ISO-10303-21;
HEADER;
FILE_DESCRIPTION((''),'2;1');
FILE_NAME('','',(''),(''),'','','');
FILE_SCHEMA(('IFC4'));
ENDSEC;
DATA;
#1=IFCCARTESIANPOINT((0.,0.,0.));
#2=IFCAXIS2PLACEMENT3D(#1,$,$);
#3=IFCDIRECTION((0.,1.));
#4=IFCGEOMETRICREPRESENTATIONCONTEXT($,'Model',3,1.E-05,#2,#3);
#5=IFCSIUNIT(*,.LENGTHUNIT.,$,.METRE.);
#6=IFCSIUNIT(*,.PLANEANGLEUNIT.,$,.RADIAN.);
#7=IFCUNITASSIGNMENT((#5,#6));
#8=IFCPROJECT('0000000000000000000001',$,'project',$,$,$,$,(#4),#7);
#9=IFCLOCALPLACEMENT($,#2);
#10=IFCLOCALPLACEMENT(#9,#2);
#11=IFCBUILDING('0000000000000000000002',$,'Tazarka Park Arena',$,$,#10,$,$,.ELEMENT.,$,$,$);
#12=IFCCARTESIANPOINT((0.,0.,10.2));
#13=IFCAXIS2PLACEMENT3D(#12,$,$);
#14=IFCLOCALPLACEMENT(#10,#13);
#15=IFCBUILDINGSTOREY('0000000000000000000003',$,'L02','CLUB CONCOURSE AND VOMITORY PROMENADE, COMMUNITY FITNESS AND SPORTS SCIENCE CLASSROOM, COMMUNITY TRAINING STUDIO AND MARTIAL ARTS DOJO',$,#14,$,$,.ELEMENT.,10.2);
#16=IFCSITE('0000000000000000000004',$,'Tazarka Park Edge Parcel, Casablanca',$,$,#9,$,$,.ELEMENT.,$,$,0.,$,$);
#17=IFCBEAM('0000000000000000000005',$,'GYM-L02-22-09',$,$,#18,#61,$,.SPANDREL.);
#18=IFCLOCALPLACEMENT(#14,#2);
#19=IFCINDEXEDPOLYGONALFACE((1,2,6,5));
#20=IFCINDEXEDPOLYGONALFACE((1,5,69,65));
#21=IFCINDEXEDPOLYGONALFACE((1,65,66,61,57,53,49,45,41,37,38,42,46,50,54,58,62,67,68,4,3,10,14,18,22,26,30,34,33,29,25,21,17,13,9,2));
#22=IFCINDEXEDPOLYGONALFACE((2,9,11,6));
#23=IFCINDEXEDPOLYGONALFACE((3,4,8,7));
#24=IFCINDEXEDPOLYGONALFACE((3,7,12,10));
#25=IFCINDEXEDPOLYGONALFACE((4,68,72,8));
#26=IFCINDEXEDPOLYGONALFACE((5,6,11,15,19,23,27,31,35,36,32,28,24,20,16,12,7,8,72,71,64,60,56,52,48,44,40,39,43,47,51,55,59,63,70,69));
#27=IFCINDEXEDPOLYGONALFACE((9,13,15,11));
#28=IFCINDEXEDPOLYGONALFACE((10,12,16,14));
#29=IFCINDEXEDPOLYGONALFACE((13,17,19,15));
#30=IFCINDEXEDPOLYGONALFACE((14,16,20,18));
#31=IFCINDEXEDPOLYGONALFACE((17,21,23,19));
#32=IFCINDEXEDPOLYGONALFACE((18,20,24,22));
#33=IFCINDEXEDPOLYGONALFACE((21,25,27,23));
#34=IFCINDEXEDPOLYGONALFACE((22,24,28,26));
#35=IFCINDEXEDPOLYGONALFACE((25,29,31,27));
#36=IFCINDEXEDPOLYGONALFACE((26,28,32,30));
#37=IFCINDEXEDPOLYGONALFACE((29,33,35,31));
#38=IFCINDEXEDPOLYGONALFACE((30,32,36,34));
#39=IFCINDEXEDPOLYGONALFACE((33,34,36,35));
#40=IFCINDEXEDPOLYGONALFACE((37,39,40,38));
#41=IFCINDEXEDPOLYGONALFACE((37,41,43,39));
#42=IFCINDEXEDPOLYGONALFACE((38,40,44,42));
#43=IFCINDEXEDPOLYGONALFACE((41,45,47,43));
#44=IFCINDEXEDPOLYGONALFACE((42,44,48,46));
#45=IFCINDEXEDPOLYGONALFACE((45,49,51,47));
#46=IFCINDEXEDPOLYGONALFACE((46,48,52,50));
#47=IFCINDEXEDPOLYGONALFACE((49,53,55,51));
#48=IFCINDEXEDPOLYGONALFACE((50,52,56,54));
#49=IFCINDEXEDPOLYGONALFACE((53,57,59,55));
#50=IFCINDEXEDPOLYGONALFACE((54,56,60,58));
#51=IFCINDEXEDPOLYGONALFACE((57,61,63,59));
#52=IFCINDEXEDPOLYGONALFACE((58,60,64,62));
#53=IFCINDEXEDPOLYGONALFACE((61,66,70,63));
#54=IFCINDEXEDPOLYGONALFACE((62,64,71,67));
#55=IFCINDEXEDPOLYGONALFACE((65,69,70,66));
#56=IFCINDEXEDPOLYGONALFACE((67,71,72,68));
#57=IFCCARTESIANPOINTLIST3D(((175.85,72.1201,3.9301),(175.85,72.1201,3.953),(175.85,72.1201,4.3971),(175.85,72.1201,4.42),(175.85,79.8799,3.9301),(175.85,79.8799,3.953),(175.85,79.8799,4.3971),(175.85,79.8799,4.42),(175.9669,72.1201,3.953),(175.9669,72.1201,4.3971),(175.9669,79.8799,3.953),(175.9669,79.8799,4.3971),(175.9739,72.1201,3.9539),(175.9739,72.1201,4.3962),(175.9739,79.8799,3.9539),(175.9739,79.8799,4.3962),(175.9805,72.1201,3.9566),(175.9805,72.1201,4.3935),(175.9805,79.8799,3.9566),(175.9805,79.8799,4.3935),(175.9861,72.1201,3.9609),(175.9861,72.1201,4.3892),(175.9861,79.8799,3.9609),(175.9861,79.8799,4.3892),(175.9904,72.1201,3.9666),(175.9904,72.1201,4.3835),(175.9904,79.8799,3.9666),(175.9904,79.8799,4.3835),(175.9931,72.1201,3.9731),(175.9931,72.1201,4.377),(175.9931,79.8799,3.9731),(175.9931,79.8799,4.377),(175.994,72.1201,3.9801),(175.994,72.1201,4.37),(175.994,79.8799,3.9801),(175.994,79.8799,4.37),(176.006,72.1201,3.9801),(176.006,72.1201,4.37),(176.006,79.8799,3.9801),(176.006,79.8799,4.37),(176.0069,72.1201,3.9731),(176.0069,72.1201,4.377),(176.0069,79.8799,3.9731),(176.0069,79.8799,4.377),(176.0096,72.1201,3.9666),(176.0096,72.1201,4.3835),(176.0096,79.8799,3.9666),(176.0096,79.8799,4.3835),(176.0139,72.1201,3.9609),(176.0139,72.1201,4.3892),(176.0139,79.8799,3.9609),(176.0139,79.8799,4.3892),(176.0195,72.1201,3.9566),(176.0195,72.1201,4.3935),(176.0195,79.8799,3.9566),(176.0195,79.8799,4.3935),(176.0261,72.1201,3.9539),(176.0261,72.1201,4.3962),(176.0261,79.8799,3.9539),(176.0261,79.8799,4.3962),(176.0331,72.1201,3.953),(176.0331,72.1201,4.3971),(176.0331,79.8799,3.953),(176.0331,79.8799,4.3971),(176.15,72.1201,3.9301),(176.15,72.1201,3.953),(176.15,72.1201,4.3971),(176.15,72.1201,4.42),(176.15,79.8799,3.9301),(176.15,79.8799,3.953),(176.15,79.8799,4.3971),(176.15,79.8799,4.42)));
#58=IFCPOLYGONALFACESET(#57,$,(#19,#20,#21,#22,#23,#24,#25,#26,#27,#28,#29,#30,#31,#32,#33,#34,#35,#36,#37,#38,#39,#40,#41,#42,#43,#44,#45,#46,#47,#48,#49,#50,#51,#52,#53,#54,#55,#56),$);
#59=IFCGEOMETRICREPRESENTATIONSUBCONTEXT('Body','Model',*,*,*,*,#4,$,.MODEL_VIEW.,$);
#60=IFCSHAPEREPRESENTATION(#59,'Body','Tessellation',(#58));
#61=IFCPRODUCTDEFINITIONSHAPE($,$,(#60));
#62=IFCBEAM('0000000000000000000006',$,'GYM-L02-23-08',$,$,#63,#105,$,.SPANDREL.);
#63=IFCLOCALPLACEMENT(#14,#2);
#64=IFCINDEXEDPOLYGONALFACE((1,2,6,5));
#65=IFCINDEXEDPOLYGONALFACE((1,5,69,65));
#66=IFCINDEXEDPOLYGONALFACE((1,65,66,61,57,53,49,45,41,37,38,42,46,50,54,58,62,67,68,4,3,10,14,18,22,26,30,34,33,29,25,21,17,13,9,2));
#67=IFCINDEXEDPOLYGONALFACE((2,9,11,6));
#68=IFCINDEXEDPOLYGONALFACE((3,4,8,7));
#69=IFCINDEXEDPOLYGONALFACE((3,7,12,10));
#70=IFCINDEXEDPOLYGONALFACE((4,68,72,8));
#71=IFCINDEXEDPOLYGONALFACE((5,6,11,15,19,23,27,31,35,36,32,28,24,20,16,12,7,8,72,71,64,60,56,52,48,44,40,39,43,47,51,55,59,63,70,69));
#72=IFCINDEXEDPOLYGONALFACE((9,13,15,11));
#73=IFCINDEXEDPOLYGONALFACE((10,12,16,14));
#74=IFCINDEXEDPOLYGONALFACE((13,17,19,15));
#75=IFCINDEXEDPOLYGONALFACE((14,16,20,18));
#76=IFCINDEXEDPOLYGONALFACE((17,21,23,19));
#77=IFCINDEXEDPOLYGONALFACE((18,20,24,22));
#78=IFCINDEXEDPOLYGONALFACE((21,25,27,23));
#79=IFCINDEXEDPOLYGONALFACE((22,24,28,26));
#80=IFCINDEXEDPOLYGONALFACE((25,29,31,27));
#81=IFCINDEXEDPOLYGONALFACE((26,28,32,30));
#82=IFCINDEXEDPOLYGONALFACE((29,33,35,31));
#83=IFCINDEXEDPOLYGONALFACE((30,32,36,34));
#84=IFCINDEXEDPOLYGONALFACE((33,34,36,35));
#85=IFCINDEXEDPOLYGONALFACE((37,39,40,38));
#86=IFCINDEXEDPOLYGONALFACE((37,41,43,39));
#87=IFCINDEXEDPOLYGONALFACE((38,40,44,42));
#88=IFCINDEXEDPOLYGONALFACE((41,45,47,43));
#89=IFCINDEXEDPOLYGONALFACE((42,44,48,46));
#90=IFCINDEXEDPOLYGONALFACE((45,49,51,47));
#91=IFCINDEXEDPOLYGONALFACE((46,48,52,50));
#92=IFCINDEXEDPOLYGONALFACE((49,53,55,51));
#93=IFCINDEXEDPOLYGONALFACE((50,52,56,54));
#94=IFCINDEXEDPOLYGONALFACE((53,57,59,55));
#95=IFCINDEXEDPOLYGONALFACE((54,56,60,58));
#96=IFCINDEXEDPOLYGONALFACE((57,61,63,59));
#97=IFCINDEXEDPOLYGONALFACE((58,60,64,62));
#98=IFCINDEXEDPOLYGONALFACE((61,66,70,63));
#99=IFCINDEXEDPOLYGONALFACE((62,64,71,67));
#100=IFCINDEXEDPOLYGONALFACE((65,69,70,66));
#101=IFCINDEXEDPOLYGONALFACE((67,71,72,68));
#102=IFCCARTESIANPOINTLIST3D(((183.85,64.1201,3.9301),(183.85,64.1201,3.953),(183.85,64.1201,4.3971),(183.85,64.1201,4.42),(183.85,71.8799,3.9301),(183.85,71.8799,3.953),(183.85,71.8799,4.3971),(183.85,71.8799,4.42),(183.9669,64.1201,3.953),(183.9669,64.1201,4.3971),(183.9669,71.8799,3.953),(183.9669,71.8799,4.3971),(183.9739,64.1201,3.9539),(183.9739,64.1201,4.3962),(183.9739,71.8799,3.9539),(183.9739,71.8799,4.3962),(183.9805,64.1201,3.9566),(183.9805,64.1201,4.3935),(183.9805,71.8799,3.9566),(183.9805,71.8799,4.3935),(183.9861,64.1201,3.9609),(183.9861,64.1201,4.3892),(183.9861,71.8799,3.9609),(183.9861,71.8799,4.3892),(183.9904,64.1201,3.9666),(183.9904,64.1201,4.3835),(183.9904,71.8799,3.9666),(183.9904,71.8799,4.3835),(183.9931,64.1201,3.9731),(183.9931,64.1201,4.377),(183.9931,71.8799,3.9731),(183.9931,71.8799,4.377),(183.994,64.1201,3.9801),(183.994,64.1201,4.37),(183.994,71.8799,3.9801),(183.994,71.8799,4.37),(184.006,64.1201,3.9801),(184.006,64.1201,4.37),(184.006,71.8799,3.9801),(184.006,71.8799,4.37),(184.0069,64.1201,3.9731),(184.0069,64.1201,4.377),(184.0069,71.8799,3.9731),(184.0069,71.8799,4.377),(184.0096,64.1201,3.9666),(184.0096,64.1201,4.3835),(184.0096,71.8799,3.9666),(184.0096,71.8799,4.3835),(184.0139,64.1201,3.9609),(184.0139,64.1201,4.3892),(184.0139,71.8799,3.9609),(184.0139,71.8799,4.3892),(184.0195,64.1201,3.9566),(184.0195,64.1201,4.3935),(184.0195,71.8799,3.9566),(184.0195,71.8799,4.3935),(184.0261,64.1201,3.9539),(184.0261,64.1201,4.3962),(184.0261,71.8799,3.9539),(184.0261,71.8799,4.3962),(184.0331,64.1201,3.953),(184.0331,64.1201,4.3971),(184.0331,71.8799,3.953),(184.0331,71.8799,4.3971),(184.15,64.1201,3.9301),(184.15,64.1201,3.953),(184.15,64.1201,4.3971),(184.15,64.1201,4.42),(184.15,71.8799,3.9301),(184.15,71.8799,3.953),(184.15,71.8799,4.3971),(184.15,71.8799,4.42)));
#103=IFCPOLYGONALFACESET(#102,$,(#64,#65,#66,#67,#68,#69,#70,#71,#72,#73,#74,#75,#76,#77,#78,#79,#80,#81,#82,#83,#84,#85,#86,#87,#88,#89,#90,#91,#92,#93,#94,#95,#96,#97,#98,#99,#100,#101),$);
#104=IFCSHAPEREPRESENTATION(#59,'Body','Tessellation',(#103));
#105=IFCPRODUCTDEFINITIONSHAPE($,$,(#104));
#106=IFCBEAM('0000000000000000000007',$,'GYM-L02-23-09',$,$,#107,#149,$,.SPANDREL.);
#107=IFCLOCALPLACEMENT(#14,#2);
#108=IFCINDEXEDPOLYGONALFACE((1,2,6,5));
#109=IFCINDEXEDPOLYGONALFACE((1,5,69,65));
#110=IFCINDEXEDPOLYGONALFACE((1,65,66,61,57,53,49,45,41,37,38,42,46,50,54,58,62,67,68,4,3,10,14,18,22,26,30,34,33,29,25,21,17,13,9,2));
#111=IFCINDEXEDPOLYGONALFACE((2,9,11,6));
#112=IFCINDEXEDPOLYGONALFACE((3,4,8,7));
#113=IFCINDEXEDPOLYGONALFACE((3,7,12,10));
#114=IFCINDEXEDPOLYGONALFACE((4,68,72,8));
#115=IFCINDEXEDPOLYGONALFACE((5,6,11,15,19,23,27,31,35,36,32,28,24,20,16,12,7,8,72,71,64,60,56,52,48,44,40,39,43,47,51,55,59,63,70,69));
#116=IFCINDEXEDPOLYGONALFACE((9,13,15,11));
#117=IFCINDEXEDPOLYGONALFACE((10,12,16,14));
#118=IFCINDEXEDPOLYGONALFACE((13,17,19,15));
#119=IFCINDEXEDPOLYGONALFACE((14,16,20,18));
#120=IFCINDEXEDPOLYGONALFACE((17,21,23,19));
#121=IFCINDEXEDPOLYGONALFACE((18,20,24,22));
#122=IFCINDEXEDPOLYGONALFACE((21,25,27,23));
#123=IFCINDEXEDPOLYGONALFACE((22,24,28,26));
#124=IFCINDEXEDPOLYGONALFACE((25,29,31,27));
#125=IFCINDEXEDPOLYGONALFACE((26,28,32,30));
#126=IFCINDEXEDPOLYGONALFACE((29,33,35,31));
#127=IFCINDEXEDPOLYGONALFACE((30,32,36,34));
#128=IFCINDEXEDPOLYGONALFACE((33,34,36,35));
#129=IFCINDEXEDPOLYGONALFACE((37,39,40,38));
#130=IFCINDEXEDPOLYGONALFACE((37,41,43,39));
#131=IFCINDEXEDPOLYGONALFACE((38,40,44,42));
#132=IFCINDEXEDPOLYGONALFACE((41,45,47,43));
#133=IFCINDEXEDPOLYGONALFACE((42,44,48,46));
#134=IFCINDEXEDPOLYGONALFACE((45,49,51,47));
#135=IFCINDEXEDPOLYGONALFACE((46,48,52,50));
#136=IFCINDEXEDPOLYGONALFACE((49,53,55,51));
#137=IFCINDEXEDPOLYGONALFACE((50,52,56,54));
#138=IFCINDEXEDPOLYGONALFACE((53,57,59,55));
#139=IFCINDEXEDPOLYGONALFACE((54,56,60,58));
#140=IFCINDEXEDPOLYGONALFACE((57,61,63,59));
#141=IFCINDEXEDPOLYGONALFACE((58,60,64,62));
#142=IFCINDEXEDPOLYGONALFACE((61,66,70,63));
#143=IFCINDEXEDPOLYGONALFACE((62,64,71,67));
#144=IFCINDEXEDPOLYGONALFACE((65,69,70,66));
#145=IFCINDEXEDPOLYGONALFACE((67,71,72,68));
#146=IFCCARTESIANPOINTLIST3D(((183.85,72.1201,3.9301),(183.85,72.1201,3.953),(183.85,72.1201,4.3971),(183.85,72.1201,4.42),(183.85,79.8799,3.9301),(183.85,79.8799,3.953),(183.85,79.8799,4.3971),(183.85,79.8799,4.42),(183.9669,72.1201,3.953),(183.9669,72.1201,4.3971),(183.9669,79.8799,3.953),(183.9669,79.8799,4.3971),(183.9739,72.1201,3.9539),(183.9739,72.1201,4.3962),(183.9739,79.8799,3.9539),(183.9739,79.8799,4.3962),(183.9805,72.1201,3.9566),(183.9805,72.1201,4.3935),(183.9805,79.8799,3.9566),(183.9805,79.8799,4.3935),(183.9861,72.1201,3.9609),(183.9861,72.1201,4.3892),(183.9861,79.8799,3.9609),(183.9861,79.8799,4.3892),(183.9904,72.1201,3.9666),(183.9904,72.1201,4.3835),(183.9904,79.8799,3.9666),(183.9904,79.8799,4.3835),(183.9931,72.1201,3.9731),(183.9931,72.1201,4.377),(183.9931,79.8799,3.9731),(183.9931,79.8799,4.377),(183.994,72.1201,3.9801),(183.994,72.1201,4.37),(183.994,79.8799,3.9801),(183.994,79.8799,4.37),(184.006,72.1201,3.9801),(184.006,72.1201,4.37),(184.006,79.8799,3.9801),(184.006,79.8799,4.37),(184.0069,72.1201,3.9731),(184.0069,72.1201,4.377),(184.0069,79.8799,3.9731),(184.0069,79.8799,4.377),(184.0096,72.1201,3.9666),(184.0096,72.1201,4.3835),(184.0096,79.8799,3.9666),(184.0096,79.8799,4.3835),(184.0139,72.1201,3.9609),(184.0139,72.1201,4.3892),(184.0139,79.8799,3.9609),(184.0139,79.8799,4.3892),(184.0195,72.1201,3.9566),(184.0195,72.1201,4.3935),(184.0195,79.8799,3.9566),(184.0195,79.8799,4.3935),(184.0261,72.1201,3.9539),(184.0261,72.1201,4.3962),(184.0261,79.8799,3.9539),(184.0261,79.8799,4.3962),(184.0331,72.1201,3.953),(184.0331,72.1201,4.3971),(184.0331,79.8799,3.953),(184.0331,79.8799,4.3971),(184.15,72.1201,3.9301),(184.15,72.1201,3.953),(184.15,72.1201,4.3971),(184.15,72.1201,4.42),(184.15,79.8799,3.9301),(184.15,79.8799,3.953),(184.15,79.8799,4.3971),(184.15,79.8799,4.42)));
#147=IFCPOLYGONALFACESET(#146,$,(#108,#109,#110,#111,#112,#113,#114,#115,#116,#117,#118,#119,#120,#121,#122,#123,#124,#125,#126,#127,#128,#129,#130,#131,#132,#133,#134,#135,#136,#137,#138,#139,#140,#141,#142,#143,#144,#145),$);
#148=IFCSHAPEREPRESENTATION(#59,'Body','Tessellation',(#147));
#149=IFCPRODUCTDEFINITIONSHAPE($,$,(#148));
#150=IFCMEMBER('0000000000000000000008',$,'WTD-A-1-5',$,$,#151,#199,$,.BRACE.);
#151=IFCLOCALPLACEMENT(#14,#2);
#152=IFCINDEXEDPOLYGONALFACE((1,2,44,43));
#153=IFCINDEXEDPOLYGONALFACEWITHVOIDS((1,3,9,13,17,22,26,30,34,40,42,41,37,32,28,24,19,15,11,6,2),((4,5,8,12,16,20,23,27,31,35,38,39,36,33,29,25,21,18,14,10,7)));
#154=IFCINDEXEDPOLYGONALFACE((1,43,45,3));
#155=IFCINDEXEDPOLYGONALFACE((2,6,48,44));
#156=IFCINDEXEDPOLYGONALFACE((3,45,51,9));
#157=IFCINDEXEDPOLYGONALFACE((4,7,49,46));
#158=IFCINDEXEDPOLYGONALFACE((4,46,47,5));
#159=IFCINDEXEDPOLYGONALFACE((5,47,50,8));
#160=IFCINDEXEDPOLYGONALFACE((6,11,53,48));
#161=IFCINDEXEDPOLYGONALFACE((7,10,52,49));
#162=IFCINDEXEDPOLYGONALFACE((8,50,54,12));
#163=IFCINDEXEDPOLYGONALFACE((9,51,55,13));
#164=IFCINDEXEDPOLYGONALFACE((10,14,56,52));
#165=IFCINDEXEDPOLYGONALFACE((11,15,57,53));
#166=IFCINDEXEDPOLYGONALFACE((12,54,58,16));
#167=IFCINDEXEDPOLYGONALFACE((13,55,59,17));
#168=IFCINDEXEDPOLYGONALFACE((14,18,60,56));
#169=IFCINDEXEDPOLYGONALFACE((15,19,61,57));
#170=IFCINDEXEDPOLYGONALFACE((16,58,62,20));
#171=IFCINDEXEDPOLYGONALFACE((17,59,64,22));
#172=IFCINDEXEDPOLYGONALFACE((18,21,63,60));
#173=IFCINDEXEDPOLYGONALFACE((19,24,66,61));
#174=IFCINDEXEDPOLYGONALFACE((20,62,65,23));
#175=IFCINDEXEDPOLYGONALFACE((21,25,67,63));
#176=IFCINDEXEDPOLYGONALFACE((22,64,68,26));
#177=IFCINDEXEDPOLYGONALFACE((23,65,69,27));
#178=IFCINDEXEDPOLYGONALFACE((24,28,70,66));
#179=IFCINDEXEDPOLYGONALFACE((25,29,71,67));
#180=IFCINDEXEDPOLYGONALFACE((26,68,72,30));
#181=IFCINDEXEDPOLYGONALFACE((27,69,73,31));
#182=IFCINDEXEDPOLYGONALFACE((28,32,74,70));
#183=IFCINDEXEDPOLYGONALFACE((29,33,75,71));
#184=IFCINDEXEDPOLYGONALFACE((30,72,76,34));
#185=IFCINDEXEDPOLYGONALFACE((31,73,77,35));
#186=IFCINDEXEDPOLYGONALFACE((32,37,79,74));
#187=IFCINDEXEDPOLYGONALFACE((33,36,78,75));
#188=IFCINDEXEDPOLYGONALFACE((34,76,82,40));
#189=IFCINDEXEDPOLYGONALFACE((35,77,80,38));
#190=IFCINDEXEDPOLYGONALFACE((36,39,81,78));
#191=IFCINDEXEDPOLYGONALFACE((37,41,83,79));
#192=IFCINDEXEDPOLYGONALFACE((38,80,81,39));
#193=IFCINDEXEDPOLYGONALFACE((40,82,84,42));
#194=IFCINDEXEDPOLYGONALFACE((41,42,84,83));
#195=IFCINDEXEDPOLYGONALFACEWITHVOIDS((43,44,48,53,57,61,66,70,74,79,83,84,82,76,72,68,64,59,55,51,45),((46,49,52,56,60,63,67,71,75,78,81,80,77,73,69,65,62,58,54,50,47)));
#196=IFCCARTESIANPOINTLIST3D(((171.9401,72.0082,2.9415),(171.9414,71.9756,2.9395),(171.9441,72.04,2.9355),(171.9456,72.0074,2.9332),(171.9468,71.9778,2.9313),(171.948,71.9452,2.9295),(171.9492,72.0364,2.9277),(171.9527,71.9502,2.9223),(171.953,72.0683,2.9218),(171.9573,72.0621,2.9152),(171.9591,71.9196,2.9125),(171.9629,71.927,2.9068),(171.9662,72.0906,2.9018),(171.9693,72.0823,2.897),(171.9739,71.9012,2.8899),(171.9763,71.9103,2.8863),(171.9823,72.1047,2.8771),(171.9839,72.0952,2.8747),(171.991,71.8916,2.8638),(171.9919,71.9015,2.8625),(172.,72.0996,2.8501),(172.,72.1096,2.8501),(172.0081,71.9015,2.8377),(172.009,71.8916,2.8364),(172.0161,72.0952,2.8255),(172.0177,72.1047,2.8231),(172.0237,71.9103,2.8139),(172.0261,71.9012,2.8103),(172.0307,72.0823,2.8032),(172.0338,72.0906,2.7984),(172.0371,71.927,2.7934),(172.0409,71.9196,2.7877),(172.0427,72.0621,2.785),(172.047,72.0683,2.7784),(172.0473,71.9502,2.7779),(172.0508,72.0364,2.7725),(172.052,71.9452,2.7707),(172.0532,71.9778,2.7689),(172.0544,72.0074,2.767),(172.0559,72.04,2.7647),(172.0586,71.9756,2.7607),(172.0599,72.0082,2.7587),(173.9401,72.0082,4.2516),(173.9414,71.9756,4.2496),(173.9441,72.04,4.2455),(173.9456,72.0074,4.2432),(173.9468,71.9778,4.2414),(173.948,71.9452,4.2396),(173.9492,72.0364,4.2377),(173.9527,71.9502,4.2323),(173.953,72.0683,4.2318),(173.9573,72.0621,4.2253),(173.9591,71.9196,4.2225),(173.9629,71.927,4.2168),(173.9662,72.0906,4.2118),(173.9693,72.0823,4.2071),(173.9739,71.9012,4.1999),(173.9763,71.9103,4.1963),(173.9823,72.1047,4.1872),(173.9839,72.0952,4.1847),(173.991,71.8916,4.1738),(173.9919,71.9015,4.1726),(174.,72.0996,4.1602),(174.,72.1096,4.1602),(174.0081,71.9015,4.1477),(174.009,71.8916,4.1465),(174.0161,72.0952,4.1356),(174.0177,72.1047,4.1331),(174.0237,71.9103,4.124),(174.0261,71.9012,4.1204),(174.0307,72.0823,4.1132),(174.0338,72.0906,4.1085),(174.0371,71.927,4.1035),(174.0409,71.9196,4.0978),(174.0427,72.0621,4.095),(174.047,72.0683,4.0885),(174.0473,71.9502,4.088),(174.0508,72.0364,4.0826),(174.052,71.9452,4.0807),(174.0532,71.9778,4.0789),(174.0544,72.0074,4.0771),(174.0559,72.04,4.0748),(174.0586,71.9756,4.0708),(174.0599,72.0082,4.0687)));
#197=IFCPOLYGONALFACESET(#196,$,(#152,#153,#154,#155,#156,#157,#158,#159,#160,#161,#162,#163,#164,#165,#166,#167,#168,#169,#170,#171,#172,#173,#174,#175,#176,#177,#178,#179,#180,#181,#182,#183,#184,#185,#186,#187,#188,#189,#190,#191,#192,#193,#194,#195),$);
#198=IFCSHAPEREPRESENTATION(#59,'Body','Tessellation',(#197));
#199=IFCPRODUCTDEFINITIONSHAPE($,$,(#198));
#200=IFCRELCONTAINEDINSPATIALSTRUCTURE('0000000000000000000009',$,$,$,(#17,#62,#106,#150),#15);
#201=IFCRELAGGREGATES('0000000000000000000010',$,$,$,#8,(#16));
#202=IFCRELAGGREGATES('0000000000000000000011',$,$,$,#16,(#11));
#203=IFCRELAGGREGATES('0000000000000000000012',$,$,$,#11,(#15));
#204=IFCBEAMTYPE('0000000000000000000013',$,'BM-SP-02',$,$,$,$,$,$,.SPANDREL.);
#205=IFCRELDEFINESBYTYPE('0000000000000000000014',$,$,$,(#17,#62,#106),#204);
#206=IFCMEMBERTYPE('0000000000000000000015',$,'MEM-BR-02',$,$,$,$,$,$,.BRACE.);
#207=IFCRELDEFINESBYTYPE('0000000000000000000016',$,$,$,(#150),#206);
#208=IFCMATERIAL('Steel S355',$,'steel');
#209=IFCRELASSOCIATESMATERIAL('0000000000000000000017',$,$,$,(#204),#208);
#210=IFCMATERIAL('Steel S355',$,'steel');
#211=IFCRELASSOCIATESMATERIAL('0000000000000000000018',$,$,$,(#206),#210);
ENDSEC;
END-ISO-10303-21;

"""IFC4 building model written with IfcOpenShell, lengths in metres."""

from ifc_helpers import new_model, si_unit, direction, frame, origin, origin_2d, place, context, subcontext, project, spatial, hollow_circle, i_section, extrude, material, material_profile, profile_set, type_object, element, save


model = new_model("IFC4")

# Units and contexts
model_context = context("Model", 3, precision=1e-05, world=origin(), true_north=direction((0.0, 1.0)))
body_context = subcontext(model_context, "Body", "Model", "MODEL_VIEW")
ifc_project = project(units=[si_unit("LENGTHUNIT", "METRE"), si_unit("PLANEANGLEUNIT", "RADIAN")], contexts=[model_context])

# Site, building, storey
site_placement = place(None, origin())
site = spatial("IfcSite", under=ifc_project, at=site_placement, Name="Tazarka Park Edge Parcel, Casablanca", CompositionType="ELEMENT", RefElevation=0.0)
building_placement = place(site_placement, origin())
building = spatial("IfcBuilding", under=site, at=building_placement, Name="Tazarka Park Arena", CompositionType="ELEMENT")
storey_placement = place(building_placement, frame((0.0, 0.0, 10.2)))
storey = spatial("IfcBuildingStorey", under=building, at=storey_placement, Name="L02", Description="CLUB CONCOURSE AND VOMITORY PROMENADE, COMMUNITY FITNESS AND SPORTS SCIENCE CLASSROOM, COMMUNITY TRAINING STUDIO AND MARTIAL ARTS DOJO", CompositionType="ELEMENT", Elevation=10.2)

# Beams
ifc_material_1 = material(Name="Steel S355", Category="steel")
ifc_material_profile_1 = material_profile(ifc_material_1, i_section(OverallWidth=0.3, OverallDepth=0.49, WebThickness=0.012, FlangeThickness=0.0229, FilletRadius=0.0271, at=origin_2d()), Name="Steel S355")
ifc_profile_set_1 = profile_set([ifc_material_profile_1], Name="Steel S355")
beam_type_1 = type_object("IfcBeamType", Name="BM-SP-02", PredefinedType="SPANDREL", material=ifc_profile_set_1)
for number, where, z_axis, x_axis, name in (
    (1, (176.0, 72.1201, 4.175), (0.0, 1.0, 0.0), (-1.0, 0.0, 0.0), "GYM-L02-22-09"),
    (2, (184.0, 64.1201, 4.175), (0.0, 1.0, 0.0), (-1.0, 0.0, 0.0), "GYM-L02-23-08"),
    (3, (184.0, 72.1201, 4.175), (0.0, 1.0, 0.0), (-1.0, 0.0, 0.0), "GYM-L02-23-09"),
):
    element("IfcBeam", number, at=place(storey_placement, frame(where, z_axis=z_axis, x_axis=x_axis)), inside=storey, type_object=beam_type_1, Name=name, PredefinedType="SPANDREL", context=body_context, shape_type="SweptSolid", body=[
        extrude(i_section(OverallWidth=0.3, OverallDepth=0.49, WebThickness=0.012, FlangeThickness=0.0229, FilletRadius=0.0271, at=origin_2d()), origin(), (0.0, 0.0, 1.0), 7.7598),
    ])

# Member
ifc_material_2 = material(Name="Steel S355", Category="steel")
ifc_material_profile_2 = material_profile(ifc_material_2, hollow_circle(Radius=0.1096, WallThickness=0.01, at=origin_2d()), Name="Steel S355")
ifc_profile_set_2 = profile_set([ifc_material_profile_2], Name="Steel S355")
member_type_1 = type_object("IfcMemberType", Name="MEM-BR-02", PredefinedType="BRACE", material=ifc_profile_set_2)
for number, where, z_axis, x_axis, name in (
    (4, (172.0, 72.0, 2.8501), (0.836516, 0.0, 0.547942), (0.0, 1.0, 0.0), "WTD-A-1-5"),
):
    element("IfcMember", number, at=place(storey_placement, frame(where, z_axis=z_axis, x_axis=x_axis)), inside=storey, type_object=member_type_1, Name=name, PredefinedType="BRACE", context=body_context, shape_type="SweptSolid", body=[
        extrude(hollow_circle(Radius=0.1096, WallThickness=0.01, at=origin_2d()), origin(), (0.0, 0.0, 1.0), 2.3909),
    ])

save(model, "model.ifc")
